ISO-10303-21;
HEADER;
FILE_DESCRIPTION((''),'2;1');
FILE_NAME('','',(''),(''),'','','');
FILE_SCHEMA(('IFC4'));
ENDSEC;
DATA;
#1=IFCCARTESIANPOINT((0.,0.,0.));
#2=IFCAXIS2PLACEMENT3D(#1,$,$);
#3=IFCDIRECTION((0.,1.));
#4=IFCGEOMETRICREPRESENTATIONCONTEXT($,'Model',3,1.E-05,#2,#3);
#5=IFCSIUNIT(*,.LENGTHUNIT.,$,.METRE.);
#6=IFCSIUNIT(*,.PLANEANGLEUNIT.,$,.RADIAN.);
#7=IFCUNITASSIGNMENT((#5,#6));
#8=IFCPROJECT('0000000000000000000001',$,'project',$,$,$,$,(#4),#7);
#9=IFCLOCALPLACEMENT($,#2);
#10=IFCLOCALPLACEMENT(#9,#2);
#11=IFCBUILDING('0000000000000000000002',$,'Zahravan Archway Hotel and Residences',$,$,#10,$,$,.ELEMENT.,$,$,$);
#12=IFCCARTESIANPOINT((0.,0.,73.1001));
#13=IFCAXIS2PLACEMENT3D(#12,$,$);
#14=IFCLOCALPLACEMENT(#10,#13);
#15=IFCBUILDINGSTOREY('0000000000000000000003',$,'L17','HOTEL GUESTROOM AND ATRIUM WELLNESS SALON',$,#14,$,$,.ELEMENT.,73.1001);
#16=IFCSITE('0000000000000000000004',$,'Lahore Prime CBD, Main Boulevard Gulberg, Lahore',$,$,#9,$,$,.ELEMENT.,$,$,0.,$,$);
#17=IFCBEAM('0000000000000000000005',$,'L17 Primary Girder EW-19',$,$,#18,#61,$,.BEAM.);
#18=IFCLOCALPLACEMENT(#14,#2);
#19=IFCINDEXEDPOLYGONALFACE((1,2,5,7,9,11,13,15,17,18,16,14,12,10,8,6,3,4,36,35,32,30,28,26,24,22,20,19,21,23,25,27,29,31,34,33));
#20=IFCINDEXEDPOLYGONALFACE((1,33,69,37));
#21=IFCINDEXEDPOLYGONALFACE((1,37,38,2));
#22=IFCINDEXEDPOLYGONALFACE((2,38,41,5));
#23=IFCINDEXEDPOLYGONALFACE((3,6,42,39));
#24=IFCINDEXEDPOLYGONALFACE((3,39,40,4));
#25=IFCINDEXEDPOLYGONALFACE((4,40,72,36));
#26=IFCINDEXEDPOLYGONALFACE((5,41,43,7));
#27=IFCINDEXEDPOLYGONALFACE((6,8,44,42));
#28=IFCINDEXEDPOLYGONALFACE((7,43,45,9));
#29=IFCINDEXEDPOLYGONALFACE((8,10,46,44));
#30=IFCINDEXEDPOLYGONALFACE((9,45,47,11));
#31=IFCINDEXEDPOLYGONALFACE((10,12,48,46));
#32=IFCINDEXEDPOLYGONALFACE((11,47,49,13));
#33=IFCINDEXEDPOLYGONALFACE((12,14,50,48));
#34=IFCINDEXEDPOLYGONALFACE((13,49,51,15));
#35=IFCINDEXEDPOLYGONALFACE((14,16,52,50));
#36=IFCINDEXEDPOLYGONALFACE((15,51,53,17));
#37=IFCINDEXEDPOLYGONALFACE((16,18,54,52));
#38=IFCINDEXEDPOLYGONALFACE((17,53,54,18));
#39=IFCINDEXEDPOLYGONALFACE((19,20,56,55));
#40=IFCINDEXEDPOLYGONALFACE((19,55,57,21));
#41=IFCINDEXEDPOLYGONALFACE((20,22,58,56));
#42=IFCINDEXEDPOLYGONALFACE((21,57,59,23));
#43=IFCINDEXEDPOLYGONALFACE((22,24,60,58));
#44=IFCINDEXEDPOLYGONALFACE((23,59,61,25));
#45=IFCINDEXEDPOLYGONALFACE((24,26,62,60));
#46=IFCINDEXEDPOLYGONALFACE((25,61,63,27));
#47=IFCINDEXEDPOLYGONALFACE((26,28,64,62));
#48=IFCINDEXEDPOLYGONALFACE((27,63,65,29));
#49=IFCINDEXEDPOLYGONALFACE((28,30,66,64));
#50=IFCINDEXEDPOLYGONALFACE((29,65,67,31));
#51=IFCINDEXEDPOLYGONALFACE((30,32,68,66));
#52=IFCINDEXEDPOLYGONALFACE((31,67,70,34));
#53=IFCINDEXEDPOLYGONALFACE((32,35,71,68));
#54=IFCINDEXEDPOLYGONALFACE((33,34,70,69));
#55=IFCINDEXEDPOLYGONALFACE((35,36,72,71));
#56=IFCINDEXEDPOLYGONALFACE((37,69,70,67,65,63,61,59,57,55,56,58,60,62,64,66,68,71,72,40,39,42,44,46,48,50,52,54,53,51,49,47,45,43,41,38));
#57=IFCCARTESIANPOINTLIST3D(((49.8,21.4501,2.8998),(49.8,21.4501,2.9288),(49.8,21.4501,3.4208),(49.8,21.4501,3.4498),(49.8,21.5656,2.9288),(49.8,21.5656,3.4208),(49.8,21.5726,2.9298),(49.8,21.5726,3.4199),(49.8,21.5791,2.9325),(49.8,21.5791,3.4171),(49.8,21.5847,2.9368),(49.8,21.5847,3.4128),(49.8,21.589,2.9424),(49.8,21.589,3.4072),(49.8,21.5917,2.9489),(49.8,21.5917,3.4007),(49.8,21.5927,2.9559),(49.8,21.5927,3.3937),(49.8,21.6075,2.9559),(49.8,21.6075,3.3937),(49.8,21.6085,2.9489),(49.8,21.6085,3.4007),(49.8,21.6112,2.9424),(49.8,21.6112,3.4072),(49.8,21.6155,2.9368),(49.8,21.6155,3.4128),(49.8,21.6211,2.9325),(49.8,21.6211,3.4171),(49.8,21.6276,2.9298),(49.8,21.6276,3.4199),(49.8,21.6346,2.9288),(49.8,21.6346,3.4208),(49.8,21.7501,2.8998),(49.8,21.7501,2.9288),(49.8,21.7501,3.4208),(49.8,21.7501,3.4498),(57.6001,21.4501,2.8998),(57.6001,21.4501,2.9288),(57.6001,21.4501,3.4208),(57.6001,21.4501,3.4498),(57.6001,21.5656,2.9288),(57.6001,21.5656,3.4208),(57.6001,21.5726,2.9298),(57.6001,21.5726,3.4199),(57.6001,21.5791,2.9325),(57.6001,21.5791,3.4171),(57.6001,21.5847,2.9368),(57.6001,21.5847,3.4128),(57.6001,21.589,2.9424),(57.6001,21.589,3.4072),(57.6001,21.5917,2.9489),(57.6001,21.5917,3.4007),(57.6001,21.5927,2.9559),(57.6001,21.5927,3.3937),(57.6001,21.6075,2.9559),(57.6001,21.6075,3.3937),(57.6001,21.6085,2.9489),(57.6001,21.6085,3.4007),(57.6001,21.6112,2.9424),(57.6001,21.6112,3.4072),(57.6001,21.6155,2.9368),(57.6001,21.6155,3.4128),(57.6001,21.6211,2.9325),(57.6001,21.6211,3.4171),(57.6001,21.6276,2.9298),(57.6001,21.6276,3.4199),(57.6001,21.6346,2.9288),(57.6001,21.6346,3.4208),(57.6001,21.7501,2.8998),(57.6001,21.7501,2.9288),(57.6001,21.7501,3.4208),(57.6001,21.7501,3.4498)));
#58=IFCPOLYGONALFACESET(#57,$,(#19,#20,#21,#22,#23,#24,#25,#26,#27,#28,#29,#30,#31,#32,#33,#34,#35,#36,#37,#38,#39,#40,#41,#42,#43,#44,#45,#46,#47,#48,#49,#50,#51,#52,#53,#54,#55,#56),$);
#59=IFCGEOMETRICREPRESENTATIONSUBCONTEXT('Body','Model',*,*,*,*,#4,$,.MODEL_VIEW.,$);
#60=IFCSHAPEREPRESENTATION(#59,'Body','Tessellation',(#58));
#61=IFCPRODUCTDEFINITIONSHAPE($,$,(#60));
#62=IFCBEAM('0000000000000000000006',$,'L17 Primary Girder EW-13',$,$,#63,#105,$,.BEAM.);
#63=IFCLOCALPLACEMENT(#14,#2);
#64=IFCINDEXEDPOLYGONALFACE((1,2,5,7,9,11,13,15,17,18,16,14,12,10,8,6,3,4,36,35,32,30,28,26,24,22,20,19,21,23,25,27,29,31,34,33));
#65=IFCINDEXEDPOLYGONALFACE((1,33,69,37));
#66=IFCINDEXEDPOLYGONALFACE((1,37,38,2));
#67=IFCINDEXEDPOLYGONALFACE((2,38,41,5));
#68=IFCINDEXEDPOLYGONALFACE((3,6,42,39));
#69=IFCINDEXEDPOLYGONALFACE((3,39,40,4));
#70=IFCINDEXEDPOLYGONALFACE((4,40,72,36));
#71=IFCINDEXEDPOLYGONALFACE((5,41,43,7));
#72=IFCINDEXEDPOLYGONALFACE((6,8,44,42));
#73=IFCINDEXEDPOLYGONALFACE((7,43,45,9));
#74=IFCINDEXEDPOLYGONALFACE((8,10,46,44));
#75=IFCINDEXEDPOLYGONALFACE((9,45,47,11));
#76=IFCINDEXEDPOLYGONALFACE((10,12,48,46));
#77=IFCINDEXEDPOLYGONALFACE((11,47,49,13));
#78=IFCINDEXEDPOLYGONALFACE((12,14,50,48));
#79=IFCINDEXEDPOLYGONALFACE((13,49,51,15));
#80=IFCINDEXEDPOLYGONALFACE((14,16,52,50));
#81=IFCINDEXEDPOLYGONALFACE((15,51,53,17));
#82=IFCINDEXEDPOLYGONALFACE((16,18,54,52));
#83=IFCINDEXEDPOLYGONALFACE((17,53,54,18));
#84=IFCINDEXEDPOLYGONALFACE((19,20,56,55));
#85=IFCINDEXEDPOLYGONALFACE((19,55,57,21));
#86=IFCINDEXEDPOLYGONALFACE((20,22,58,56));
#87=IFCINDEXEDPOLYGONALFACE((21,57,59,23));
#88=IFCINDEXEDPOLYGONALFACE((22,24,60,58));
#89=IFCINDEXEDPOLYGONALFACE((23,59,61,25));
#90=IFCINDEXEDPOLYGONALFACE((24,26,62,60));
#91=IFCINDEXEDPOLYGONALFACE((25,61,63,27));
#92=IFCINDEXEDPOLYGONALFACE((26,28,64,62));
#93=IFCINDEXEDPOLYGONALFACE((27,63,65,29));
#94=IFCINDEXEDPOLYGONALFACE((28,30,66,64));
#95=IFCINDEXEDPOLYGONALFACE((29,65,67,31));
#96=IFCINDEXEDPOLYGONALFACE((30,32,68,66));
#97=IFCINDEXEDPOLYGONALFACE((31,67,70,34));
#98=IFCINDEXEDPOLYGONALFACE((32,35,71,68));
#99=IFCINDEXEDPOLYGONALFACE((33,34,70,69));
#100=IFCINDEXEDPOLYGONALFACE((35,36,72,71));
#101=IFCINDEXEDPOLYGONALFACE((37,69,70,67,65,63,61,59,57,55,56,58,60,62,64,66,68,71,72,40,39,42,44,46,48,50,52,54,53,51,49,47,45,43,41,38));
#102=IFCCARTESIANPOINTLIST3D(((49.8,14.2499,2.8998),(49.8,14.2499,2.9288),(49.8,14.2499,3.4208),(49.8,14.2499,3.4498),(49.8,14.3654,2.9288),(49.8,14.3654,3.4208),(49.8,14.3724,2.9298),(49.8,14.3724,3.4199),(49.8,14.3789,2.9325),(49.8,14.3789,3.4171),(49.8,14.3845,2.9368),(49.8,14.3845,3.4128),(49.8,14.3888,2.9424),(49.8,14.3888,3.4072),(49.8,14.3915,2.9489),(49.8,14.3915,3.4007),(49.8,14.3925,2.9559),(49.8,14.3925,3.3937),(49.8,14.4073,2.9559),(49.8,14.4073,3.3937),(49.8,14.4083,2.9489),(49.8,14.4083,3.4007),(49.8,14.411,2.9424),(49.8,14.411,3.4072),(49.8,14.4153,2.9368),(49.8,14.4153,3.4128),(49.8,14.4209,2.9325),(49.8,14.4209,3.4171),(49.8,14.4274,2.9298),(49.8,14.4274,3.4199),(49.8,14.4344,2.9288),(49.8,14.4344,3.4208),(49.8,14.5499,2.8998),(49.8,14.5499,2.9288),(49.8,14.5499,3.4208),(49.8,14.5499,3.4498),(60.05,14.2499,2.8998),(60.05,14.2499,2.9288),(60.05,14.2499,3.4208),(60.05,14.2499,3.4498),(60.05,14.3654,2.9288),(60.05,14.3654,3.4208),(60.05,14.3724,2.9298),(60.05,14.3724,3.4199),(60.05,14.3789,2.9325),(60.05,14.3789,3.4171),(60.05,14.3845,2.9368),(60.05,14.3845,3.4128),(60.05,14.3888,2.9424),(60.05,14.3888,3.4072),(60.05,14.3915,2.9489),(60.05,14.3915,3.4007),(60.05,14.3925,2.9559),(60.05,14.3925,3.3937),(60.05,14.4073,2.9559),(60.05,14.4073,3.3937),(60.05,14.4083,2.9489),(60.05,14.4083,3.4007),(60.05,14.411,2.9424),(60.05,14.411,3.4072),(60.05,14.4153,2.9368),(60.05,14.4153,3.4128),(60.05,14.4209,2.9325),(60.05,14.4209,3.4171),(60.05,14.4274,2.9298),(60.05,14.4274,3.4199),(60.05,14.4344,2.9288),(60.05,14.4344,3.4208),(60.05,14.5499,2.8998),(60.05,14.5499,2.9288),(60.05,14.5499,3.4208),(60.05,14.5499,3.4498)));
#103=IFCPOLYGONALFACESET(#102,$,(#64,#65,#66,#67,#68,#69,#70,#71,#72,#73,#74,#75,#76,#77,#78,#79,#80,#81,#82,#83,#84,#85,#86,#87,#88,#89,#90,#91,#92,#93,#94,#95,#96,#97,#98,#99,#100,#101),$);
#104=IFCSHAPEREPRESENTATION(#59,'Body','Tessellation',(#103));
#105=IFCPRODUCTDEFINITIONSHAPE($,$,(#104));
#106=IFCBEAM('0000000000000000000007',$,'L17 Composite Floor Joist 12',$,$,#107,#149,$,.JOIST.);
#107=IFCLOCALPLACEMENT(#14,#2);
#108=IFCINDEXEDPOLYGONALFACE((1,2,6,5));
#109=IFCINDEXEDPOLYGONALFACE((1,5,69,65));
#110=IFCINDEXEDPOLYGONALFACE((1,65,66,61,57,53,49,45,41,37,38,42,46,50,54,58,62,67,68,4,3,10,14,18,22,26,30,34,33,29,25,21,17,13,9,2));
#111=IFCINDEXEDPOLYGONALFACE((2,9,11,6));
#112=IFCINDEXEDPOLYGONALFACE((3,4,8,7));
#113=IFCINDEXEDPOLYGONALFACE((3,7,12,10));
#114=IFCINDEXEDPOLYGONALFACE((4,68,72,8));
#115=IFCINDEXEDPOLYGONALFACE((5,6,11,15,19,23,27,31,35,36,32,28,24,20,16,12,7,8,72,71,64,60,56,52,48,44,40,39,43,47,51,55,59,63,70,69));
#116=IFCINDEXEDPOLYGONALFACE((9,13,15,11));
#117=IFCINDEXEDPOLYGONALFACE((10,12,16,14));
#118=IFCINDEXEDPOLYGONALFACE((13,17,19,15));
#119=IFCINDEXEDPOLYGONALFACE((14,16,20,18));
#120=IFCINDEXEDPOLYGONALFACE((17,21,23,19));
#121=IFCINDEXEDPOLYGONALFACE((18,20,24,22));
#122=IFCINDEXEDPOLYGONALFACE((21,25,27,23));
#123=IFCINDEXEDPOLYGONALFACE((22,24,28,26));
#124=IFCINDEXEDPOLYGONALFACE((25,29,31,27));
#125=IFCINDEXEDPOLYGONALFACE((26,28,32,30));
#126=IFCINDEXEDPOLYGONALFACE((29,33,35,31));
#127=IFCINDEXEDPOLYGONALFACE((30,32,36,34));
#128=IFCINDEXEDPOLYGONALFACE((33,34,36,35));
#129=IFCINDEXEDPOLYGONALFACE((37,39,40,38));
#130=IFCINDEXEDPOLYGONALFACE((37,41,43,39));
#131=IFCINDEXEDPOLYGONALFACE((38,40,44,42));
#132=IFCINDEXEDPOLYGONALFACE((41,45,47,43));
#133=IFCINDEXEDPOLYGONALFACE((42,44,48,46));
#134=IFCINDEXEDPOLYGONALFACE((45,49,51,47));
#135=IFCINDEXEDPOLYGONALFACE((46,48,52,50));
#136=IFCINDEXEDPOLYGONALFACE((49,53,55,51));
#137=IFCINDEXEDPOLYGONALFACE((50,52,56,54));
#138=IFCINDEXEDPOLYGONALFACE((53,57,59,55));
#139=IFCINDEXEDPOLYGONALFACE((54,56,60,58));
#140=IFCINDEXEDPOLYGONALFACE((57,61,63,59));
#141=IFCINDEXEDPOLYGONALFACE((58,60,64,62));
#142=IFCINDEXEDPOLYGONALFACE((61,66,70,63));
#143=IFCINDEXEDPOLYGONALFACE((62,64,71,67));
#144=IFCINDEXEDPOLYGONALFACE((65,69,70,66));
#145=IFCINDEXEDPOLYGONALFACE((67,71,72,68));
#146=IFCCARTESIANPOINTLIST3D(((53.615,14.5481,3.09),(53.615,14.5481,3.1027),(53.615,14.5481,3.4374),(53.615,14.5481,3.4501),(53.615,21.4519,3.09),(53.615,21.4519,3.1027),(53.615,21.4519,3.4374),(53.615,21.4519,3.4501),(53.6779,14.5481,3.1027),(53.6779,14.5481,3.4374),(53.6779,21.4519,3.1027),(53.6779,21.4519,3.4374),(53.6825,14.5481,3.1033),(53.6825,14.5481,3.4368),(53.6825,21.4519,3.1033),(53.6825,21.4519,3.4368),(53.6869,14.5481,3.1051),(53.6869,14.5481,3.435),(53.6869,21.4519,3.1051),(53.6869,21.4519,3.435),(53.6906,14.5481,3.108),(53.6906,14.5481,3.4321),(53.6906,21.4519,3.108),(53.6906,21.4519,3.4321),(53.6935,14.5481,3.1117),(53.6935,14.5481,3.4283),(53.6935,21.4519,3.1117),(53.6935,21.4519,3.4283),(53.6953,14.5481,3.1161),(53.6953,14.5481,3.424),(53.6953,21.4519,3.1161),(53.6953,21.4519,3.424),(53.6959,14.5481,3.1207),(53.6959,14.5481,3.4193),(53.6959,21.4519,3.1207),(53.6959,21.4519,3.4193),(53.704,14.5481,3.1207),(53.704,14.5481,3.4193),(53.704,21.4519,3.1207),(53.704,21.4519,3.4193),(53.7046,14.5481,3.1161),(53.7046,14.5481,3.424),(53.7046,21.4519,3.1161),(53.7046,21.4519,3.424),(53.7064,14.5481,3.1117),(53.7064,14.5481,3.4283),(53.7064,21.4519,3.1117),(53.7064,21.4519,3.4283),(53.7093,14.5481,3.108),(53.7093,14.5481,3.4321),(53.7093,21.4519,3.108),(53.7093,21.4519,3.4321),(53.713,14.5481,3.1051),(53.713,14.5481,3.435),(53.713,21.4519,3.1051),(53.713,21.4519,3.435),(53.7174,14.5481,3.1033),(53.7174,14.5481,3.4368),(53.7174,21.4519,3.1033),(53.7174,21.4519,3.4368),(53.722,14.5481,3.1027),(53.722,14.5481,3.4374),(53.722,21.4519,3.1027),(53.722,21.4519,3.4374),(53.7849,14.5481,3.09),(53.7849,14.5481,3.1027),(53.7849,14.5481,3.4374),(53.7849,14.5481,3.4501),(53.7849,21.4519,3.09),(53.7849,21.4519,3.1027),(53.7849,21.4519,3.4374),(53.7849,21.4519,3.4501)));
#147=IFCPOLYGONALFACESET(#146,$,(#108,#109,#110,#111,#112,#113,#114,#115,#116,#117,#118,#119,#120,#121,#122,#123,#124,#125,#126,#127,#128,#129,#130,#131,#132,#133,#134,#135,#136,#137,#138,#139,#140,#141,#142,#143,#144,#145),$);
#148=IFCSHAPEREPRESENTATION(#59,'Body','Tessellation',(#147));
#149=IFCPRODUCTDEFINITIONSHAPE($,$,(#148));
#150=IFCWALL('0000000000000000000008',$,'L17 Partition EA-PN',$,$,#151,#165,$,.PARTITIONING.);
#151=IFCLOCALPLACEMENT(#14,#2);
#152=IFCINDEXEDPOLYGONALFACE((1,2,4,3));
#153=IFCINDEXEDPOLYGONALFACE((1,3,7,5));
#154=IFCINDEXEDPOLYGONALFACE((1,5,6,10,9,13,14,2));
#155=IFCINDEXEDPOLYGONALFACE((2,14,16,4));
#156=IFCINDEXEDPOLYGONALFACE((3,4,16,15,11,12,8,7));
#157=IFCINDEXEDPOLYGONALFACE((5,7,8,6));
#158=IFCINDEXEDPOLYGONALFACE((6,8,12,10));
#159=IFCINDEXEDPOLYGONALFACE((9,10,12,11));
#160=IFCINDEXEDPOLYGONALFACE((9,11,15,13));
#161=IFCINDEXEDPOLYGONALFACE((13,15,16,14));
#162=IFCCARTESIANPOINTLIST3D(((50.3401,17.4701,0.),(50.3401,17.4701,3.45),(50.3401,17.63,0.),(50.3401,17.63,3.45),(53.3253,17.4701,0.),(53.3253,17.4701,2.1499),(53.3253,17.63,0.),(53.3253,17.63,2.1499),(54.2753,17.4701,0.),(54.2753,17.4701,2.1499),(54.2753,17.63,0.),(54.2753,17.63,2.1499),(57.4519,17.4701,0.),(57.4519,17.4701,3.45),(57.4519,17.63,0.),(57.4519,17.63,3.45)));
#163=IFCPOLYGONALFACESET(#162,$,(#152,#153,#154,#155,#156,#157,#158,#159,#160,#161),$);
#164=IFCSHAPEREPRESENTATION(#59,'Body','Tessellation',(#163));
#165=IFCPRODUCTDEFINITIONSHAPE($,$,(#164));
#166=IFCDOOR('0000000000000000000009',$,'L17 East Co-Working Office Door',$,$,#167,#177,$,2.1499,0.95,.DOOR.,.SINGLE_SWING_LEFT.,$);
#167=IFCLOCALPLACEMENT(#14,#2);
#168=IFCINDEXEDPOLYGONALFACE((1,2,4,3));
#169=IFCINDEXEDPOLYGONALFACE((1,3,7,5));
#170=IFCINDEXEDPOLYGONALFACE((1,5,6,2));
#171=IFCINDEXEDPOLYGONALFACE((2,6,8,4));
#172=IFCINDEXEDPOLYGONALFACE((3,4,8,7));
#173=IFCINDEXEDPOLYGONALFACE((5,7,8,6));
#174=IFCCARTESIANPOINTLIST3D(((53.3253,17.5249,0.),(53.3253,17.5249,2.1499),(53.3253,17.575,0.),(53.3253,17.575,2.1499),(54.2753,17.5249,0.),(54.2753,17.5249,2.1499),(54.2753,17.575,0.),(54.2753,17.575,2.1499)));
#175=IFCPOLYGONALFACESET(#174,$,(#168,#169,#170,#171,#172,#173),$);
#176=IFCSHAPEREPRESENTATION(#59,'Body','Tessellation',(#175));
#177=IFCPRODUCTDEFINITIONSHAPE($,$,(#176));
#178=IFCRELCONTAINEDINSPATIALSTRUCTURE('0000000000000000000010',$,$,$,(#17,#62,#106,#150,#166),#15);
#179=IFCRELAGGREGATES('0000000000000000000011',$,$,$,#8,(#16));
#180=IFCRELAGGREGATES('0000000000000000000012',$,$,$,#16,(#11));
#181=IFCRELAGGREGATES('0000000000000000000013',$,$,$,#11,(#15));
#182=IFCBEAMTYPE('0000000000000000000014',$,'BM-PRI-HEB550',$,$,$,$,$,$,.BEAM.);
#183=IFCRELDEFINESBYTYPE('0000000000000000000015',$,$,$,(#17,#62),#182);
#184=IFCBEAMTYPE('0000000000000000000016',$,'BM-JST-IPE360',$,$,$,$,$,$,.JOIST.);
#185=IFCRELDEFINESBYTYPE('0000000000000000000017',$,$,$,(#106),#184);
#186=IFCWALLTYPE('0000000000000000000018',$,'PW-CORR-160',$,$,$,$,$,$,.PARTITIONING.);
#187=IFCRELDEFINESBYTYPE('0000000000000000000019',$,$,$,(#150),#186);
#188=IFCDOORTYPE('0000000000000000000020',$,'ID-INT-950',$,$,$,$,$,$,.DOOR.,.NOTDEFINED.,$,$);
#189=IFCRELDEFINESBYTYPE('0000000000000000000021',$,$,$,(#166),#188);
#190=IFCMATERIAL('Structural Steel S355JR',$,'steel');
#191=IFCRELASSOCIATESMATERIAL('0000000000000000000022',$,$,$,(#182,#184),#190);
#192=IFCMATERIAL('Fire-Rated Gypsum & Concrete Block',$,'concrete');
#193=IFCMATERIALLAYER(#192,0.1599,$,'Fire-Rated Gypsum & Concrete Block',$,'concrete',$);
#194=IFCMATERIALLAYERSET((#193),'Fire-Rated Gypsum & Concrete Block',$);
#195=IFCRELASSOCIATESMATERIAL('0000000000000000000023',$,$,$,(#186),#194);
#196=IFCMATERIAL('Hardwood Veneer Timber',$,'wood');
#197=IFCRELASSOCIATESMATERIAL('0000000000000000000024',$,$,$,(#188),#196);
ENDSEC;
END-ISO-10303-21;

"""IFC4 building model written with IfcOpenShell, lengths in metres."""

from ifc_helpers import new_model, si_unit, direction, frame, frame_2d, origin, origin_2d, place, context, subcontext, project, spatial, rectangle, i_section, extrude, source, transform, mapped, material, layer, layer_set, material_profile, profile_set, type_object, type_shapes, element, fill, save


model = new_model("IFC4")

# Units and contexts
model_context = context("Model", 3, precision=1e-05, world=origin(), true_north=direction((0.0, 1.0)))
body_context = subcontext(model_context, "Body", "Model", "MODEL_VIEW")
ifc_project = project(units=[si_unit("LENGTHUNIT", "METRE"), si_unit("PLANEANGLEUNIT", "RADIAN")], contexts=[model_context])

# Site, building, storey
site_placement = place(None, origin())
site = spatial("IfcSite", under=ifc_project, at=site_placement, Name="Lahore Prime CBD, Main Boulevard Gulberg, Lahore", CompositionType="ELEMENT", RefElevation=0.0)
building_placement = place(site_placement, origin())
building = spatial("IfcBuilding", under=site, at=building_placement, Name="Zahravan Archway Hotel and Residences", CompositionType="ELEMENT")
storey_placement = place(building_placement, frame((0.0, 0.0, 73.1001)))
storey = spatial("IfcBuildingStorey", under=building, at=storey_placement, Name="L17", Description="HOTEL GUESTROOM AND ATRIUM WELLNESS SALON", CompositionType="ELEMENT", Elevation=73.1001)

# Beams
ifc_material_1 = material(Name="Structural Steel S355JR", Category="steel")
ifc_material_profile_1 = material_profile(ifc_material_1, i_section(OverallWidth=0.3, OverallDepth=0.55, WebThickness=0.0149, FlangeThickness=0.0291, FilletRadius=0.0271, at=origin_2d()), Name="HEB 550", Category="steel")
ifc_profile_set_1 = profile_set([ifc_material_profile_1], Name="Structural Steel S355JR")
beam_type_1 = type_object("IfcBeamType", Name="BM-PRI-HEB550", PredefinedType="BEAM", material=ifc_profile_set_1)
shared_shape_1 = source(origin(), body_context, "Body", "SweptSolid", [
    extrude(i_section(OverallWidth=0.3, OverallDepth=0.55, WebThickness=0.0149, FlangeThickness=0.0291, FilletRadius=0.0271, at=origin_2d()), origin(), (0.0, 0.0, 1.0), 7.8),
])
for number, where, z_axis, x_axis, name in (
    (1, (49.8, 21.6001, 3.1748), (1.0, 0.0, 0.0), (0.0, 1.0, 0.0), "L17 Primary Girder EW-19"),
):
    element("IfcBeam", number, at=place(storey_placement, frame(where, z_axis=z_axis, x_axis=x_axis)), inside=storey, type_object=beam_type_1, Name=name, PredefinedType="BEAM", context=body_context, shape_type="MappedRepresentation", body=[
        mapped(shared_shape_1, transform((0.0, 0.0, 0.0), scale=1.0)),
    ])
shared_shape_2 = source(origin(), body_context, "Body", "SweptSolid", [
    extrude(i_section(OverallWidth=0.3, OverallDepth=0.55, WebThickness=0.0149, FlangeThickness=0.0291, FilletRadius=0.0271, at=origin_2d()), origin(), (0.0, 0.0, 1.0), 10.25),
])
beam_1_placement = place(storey_placement, frame((49.8, 14.3999, 3.1748), z_axis=(1.0, 0.0, 0.0), x_axis=(0.0, 1.0, 0.0)))
element("IfcBeam", 2, at=beam_1_placement, inside=storey, type_object=beam_type_1, Name="L17 Primary Girder EW-13", PredefinedType="BEAM", context=body_context, shape_type="MappedRepresentation", body=[
    mapped(shared_shape_2, transform((0.0, 0.0, 0.0), scale=1.0)),
])
ifc_material_profile_2 = material_profile(ifc_material_1, i_section(OverallWidth=0.1699, OverallDepth=0.3601, WebThickness=0.0081, FlangeThickness=0.0127, FilletRadius=0.0181, at=origin_2d()), Name="IPE 360", Category="steel")
ifc_profile_set_2 = profile_set([ifc_material_profile_2], Name="Structural Steel S355JR")
beam_type_2 = type_object("IfcBeamType", Name="BM-JST-IPE360", PredefinedType="JOIST", material=ifc_profile_set_2)
shared_shape_3 = source(origin(), body_context, "Body", "SweptSolid", [
    extrude(i_section(OverallWidth=0.1699, OverallDepth=0.3601, WebThickness=0.0081, FlangeThickness=0.0127, FilletRadius=0.0181, at=origin_2d()), origin(), (0.0, 0.0, 1.0), 6.9038),
])
beam_2_placement = place(storey_placement, frame((53.7, 14.5481, 3.27), z_axis=(0.0, 1.0, 0.0), x_axis=(-1.0, 0.0, 0.0)))
element("IfcBeam", 3, at=beam_2_placement, inside=storey, type_object=beam_type_2, Name="L17 Composite Floor Joist 12", PredefinedType="JOIST", context=body_context, shape_type="MappedRepresentation", body=[
    mapped(shared_shape_3, transform((0.0, 0.0, 0.0), scale=1.0)),
])

# Wall, opening, door
ifc_material_2 = material(Name="Fire-Rated Gypsum & Concrete Block", Category="concrete")
ifc_layer_1 = layer(ifc_material_2, 0.1599, Name="Fire-Rated Gypsum & Concrete Block", Category="concrete")
ifc_layer_set_1 = layer_set([ifc_layer_1], Name="Fire-Rated Gypsum & Concrete Block")
wall_type_1 = type_object("IfcWallType", Name="PW-CORR-160", PredefinedType="PARTITIONING", material=ifc_layer_set_1)
wall_1_placement = place(storey_placement, frame((50.3401, 17.55, 0.0), z_axis=(0.0, 0.0, 1.0), x_axis=(1.0, 0.0, 0.0)))
wall_1 = element("IfcWall", 4, at=wall_1_placement, inside=storey, type_object=wall_type_1, Name="L17 Partition EA-PN", PredefinedType="PARTITIONING", context=body_context, shape_type="SweptSolid", body=[
    extrude(rectangle(XDim=7.1118, YDim=0.1599, at=frame_2d((3.5559, 0.0))), origin(), (0.0, 0.0, 1.0), 3.45),
])
opening_1_placement = place(wall_1_placement, frame((2.9851, 0.0, 0.0)))
opening_1 = element("IfcOpeningElement", 5, at=opening_1_placement, cuts=wall_1, PredefinedType="OPENING", context=body_context, shape_type="SweptSolid", body=[
    extrude(rectangle(XDim=0.95, YDim=2.1499, at=frame_2d((0.4751, 1.075))), frame((0.0, 0.0898, 0.0), z_axis=(0.0, -1.0, 0.0), x_axis=(1.0, 0.0, 0.0)), (0.0, 0.0, 1.0), 0.1799),
])
ifc_material_3 = material(Name="Hardwood Veneer Timber", Category="wood")
door_type_1 = type_object("IfcDoorType", Name="ID-INT-950", OperationType="NOTDEFINED", PredefinedType="DOOR", material=ifc_material_3)
shared_shape_4 = source(origin(), body_context, "Body", "SweptSolid", [
    extrude(rectangle(XDim=0.95, YDim=2.1499, at=frame_2d((0.4751, 1.075))), frame((0.0, 0.0249, 0.0), z_axis=(0.0, -1.0, 0.0), x_axis=(1.0, 0.0, 0.0)), (0.0, 0.0, 1.0), 0.05),
])
type_shapes(door_type_1, [shared_shape_4])
door_1_placement = place(opening_1_placement, origin())
door_1 = element("IfcDoor", 6, at=door_1_placement, inside=storey, type_object=door_type_1, Name="L17 East Co-Working Office Door", OperationType="SINGLE_SWING_LEFT", OverallHeight=2.1499, OverallWidth=0.95, PredefinedType="DOOR", context=body_context, shape_type="MappedRepresentation", body=[
    mapped(shared_shape_4, transform((0.0, 0.0, 0.0), scale=1.0)),
])
fill(opening_1, door_1)

save(model, "model.ifc")
